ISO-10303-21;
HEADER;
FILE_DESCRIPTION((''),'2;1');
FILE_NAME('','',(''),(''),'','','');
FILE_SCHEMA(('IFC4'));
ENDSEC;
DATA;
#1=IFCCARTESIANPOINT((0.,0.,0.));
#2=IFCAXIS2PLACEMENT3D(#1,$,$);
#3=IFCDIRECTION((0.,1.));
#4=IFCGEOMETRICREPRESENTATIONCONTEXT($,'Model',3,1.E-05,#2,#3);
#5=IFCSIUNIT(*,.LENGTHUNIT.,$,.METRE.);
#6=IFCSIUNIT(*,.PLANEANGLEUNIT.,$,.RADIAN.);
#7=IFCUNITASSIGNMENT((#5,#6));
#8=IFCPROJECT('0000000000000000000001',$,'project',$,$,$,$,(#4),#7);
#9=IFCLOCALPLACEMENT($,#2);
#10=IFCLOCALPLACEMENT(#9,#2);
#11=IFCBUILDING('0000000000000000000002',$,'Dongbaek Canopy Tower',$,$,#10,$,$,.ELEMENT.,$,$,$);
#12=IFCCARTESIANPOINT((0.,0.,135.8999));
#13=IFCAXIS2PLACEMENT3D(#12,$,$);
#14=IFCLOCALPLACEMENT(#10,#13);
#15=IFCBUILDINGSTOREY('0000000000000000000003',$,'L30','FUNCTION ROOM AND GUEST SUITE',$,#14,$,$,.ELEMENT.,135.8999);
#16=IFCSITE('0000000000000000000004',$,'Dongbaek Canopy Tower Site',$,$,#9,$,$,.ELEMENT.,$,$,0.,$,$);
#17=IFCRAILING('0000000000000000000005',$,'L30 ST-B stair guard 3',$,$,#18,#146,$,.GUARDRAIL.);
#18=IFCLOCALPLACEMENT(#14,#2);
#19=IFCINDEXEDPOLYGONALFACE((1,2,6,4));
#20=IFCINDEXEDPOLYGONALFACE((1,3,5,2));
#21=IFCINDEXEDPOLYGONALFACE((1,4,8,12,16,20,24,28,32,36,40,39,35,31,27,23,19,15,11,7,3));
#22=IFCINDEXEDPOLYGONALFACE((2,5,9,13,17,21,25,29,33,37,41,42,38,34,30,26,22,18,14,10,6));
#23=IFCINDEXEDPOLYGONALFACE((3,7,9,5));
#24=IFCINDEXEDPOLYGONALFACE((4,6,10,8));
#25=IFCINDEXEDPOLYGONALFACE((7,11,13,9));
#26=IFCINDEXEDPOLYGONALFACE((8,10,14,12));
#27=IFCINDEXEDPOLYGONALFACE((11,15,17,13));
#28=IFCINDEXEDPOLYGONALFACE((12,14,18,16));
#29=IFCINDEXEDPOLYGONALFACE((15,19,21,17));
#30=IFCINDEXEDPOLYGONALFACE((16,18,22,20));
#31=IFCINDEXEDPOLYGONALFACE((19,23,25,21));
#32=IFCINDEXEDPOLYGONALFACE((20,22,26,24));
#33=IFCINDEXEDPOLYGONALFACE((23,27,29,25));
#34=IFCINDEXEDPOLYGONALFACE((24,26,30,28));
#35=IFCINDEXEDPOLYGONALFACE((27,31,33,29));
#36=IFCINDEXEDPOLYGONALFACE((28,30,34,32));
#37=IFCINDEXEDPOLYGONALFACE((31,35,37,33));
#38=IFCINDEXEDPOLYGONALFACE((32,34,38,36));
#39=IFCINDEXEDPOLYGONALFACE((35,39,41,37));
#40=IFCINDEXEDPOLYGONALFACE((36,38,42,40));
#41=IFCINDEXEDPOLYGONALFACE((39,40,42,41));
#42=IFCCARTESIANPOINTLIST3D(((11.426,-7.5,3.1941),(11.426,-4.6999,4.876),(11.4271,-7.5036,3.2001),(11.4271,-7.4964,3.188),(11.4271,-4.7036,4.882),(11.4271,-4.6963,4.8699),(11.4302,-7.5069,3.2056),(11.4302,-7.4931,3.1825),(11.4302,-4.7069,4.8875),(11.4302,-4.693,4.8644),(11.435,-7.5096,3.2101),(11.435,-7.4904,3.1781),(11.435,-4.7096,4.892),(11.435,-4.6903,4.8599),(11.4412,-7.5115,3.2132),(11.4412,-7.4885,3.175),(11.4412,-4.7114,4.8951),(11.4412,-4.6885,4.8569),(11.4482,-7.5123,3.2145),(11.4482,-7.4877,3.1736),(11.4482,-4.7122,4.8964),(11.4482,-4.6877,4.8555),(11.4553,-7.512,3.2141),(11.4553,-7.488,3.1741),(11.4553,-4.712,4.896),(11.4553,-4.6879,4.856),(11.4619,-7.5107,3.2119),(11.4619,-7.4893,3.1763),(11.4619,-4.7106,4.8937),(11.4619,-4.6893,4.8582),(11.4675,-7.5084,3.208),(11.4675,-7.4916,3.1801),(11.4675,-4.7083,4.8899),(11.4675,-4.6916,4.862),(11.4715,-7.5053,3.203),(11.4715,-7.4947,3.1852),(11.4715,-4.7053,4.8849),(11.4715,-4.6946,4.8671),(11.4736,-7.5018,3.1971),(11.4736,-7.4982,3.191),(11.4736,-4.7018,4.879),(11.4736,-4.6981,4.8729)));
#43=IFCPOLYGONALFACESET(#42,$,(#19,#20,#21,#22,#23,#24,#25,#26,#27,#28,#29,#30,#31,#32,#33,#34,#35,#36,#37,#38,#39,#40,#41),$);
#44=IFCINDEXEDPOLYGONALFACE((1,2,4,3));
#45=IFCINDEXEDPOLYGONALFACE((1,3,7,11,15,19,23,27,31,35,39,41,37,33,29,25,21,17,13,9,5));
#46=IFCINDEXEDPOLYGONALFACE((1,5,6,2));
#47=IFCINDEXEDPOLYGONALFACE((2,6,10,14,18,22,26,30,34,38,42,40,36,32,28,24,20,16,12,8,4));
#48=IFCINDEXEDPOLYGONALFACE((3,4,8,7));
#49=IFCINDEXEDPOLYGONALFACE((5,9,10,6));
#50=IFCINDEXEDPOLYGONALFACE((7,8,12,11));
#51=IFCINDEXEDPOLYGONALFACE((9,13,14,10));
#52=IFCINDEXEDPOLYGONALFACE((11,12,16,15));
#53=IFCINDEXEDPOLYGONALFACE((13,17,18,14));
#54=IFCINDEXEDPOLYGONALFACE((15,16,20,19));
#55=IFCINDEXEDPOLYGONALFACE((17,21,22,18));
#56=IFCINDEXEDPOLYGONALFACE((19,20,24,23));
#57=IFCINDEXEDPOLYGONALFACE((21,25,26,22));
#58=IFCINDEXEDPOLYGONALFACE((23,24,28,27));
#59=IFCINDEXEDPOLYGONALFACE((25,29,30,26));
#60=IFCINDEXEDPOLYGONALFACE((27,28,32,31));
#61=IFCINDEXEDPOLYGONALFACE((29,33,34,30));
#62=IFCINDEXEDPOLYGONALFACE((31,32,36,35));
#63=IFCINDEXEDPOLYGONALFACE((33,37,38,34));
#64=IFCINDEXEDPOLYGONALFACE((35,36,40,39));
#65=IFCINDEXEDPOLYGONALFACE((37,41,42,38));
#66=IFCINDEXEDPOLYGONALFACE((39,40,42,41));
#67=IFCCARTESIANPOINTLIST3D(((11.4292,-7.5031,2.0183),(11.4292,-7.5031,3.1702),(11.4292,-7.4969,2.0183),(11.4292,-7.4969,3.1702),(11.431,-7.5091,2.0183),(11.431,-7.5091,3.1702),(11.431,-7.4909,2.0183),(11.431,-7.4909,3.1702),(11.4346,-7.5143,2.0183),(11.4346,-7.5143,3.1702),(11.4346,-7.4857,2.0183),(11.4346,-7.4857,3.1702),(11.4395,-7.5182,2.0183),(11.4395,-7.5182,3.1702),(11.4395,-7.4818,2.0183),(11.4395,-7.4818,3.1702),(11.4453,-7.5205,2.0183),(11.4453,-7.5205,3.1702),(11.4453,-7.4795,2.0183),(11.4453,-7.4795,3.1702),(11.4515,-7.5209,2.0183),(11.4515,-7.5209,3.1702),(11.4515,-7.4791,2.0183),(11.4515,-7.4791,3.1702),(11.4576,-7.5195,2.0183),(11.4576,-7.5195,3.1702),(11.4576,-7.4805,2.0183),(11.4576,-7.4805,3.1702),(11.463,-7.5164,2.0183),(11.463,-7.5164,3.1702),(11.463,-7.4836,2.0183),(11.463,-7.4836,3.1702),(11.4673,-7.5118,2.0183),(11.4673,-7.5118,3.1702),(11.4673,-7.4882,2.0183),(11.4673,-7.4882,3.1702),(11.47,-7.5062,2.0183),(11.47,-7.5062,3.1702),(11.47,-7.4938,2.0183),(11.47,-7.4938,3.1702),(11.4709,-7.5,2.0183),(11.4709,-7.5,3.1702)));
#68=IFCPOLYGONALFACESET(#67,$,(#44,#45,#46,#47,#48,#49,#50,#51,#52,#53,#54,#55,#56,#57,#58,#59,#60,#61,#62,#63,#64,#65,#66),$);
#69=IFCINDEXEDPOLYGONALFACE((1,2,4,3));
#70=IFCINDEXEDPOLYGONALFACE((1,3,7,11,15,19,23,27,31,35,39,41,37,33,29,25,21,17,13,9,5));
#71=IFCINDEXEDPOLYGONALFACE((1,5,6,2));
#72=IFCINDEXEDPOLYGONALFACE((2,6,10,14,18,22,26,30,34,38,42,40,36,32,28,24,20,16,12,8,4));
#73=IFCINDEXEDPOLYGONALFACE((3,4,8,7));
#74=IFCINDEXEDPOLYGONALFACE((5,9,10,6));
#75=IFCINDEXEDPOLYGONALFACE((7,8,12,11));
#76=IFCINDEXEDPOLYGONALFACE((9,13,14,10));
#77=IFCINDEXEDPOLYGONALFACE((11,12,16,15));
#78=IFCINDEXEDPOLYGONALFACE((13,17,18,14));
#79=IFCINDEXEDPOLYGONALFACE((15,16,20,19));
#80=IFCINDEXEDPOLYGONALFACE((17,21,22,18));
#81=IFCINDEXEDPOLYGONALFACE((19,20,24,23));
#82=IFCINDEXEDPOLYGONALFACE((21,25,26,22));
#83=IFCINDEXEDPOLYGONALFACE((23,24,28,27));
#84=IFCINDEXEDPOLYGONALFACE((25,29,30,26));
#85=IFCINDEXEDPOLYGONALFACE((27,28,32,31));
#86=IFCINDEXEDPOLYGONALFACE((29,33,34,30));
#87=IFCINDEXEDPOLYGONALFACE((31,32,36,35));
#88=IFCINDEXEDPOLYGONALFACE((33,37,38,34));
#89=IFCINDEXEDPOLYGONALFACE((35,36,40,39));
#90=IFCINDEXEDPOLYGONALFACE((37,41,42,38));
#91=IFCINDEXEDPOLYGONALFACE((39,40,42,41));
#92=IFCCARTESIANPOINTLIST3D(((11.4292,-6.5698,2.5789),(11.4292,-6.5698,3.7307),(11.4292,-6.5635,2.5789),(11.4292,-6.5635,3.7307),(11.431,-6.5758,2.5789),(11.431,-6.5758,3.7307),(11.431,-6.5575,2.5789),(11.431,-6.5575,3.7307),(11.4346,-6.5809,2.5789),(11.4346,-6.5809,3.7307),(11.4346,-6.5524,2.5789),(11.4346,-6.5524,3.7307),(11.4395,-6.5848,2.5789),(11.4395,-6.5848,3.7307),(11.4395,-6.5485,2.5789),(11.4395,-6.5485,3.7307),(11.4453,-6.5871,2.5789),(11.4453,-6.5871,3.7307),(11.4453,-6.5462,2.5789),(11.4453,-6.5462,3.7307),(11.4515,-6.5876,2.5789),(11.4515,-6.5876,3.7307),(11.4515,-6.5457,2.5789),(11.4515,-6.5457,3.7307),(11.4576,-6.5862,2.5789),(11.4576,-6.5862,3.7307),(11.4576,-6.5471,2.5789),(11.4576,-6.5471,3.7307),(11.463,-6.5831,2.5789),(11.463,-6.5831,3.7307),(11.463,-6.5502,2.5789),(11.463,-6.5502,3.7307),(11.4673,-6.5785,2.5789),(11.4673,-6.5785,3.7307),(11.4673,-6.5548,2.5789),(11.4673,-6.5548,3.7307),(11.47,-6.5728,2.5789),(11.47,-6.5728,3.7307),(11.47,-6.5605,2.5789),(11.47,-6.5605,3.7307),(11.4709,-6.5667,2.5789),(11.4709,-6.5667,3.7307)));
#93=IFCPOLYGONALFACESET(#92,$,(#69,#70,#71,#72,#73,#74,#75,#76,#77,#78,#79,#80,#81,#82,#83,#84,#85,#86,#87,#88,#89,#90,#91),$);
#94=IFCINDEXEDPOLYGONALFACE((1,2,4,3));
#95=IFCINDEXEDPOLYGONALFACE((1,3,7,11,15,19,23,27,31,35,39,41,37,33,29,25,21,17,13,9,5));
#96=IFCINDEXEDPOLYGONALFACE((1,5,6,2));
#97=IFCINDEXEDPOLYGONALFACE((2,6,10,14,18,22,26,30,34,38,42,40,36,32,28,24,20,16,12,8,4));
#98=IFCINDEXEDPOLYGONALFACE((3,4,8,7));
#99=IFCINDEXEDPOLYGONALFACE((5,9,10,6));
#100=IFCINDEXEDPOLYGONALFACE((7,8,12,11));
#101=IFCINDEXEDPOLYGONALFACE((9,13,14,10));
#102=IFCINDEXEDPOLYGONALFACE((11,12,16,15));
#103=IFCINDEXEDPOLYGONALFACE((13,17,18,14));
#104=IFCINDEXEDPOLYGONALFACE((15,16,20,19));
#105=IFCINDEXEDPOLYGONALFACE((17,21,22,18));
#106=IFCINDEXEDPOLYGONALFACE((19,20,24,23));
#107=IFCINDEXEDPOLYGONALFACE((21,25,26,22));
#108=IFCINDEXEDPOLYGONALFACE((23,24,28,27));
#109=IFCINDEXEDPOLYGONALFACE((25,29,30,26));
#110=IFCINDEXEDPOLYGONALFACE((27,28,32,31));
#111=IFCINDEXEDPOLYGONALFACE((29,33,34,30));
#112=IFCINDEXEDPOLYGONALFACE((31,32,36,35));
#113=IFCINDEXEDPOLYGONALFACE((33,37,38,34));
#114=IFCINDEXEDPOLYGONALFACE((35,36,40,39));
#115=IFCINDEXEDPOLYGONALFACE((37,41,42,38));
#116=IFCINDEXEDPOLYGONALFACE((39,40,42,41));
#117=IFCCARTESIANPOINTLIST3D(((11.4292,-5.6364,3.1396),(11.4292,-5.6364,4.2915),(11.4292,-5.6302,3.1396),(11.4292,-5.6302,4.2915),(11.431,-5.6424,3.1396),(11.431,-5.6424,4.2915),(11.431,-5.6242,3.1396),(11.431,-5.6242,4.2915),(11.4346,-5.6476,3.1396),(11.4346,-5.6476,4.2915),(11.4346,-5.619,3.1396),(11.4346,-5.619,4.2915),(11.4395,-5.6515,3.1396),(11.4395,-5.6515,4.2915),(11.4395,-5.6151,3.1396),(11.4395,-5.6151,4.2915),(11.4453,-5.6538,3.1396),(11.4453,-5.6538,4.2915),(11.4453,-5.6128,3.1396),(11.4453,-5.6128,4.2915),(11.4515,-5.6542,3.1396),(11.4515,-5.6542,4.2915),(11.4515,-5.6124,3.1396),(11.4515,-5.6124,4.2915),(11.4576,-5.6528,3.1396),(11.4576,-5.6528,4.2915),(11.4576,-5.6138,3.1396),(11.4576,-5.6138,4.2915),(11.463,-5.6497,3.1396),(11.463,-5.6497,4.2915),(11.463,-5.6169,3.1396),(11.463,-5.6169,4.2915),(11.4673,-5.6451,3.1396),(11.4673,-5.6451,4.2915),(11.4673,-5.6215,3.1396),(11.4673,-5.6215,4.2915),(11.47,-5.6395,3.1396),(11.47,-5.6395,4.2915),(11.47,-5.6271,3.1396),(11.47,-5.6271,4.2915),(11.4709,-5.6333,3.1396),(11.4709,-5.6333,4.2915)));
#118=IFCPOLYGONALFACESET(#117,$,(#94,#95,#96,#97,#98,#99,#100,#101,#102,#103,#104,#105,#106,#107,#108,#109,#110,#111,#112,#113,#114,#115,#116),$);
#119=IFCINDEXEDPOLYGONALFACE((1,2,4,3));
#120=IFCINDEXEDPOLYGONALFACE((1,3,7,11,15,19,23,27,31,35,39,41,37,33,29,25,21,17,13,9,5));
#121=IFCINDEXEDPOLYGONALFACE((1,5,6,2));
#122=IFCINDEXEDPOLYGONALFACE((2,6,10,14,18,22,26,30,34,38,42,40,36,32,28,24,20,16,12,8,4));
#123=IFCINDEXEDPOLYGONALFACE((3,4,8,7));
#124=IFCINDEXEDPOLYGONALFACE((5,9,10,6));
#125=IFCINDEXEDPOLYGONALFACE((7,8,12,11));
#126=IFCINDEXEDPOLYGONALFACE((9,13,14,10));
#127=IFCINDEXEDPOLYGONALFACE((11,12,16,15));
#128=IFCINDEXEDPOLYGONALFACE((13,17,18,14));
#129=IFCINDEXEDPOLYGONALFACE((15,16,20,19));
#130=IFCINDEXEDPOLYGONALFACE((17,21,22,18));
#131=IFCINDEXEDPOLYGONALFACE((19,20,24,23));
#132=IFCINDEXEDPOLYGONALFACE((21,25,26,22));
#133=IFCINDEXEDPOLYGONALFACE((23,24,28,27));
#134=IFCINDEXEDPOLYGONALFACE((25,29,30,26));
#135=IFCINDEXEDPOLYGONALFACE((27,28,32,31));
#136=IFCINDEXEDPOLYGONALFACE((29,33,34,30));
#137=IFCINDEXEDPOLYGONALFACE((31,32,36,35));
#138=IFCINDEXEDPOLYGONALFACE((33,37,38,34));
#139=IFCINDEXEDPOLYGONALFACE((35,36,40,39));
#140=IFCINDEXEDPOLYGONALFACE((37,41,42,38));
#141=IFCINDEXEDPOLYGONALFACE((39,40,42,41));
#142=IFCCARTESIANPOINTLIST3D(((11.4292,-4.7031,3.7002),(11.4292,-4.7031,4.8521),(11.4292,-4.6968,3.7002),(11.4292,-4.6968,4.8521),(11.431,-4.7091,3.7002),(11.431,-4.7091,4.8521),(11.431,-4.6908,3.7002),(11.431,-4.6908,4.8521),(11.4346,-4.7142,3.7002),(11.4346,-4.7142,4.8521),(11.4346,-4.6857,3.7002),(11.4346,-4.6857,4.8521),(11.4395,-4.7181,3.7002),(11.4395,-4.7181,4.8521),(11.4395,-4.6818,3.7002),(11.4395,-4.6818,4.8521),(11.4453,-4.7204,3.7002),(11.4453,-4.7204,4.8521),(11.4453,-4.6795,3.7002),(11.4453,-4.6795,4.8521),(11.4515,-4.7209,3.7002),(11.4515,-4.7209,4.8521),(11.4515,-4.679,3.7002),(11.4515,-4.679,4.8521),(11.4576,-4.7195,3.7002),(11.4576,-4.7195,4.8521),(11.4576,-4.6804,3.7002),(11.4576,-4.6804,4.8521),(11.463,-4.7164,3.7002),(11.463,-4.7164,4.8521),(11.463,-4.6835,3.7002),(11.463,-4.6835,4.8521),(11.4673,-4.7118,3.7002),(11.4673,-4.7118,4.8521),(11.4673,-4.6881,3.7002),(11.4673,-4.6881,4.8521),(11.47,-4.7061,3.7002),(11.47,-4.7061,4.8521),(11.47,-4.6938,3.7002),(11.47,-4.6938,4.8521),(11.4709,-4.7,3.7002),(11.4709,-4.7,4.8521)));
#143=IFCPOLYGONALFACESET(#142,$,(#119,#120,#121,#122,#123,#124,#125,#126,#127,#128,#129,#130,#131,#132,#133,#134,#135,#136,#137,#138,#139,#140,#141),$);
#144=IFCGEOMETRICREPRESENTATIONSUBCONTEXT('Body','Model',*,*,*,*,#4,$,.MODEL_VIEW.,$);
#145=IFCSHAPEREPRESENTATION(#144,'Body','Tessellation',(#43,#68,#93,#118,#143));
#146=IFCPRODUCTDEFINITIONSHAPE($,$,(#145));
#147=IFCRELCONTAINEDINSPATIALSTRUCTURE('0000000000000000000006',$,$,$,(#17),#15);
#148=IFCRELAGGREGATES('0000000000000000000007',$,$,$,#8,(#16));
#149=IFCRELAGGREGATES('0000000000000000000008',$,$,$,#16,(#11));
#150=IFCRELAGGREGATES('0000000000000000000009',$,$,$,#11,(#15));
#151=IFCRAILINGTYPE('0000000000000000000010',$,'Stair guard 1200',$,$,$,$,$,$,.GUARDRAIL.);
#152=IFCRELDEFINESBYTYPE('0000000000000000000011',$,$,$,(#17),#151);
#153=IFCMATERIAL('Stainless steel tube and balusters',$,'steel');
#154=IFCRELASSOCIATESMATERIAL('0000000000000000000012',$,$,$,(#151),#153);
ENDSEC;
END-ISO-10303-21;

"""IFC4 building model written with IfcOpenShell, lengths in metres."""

from ifc_helpers import new_model, si_unit, direction, frame, origin, origin_2d, place, context, subcontext, project, spatial, circle, extrude, material, type_object, element, save


model = new_model("IFC4")

# Units and contexts
model_context = context("Model", 3, precision=1e-05, world=origin(), true_north=direction((0.0, 1.0)))
body_context = subcontext(model_context, "Body", "Model", "MODEL_VIEW")
ifc_project = project(units=[si_unit("LENGTHUNIT", "METRE"), si_unit("PLANEANGLEUNIT", "RADIAN")], contexts=[model_context])

# Site, building, storey
site_placement = place(None, origin())
site = spatial("IfcSite", under=ifc_project, at=site_placement, Name="Dongbaek Canopy Tower Site", CompositionType="ELEMENT", RefElevation=0.0)
building_placement = place(site_placement, origin())
building = spatial("IfcBuilding", under=site, at=building_placement, Name="Dongbaek Canopy Tower", CompositionType="ELEMENT")
storey_placement = place(building_placement, frame((0.0, 0.0, 135.8999)))
storey = spatial("IfcBuildingStorey", under=building, at=storey_placement, Name="L30", Description="FUNCTION ROOM AND GUEST SUITE", CompositionType="ELEMENT", Elevation=135.8999)

# Railing
ifc_material_1 = material(Name="Stainless steel tube and balusters", Category="steel")
railing_type_1 = type_object("IfcRailingType", Name="Stair guard 1200", PredefinedType="GUARDRAIL", material=ifc_material_1)
railing_1_placement = place(storey_placement, frame((11.45, -7.5, 2.0183)))
element("IfcRailing", 1, at=railing_1_placement, inside=storey, type_object=railing_type_1, Name="L30 ST-B stair guard 3", PredefinedType="GUARDRAIL", context=body_context, shape_type="SweptSolid", body=[
    extrude(circle(Radius=0.0239, at=origin_2d()), frame((0.0, 0.0, 1.1758), z_axis=(0.0, 0.857242, 0.514913), x_axis=(-1.0, 0.0, 0.0)), (0.0, 0.0, 1.0), 3.2664),
    extrude(circle(Radius=0.021, at=origin_2d()), origin(), (0.0, 0.0, 1.0), 1.1519),
    extrude(circle(Radius=0.021, at=origin_2d()), frame((0.0, 0.9333, 0.5605)), (0.0, 0.0, 1.0), 1.1519),
    extrude(circle(Radius=0.021, at=origin_2d()), frame((0.0, 1.8667, 1.1213)), (0.0, 0.0, 1.0), 1.1519),
    extrude(circle(Radius=0.021, at=origin_2d()), frame((0.0, 2.8, 1.6819)), (0.0, 0.0, 1.0), 1.1519),
])

save(model, "model.ifc")
